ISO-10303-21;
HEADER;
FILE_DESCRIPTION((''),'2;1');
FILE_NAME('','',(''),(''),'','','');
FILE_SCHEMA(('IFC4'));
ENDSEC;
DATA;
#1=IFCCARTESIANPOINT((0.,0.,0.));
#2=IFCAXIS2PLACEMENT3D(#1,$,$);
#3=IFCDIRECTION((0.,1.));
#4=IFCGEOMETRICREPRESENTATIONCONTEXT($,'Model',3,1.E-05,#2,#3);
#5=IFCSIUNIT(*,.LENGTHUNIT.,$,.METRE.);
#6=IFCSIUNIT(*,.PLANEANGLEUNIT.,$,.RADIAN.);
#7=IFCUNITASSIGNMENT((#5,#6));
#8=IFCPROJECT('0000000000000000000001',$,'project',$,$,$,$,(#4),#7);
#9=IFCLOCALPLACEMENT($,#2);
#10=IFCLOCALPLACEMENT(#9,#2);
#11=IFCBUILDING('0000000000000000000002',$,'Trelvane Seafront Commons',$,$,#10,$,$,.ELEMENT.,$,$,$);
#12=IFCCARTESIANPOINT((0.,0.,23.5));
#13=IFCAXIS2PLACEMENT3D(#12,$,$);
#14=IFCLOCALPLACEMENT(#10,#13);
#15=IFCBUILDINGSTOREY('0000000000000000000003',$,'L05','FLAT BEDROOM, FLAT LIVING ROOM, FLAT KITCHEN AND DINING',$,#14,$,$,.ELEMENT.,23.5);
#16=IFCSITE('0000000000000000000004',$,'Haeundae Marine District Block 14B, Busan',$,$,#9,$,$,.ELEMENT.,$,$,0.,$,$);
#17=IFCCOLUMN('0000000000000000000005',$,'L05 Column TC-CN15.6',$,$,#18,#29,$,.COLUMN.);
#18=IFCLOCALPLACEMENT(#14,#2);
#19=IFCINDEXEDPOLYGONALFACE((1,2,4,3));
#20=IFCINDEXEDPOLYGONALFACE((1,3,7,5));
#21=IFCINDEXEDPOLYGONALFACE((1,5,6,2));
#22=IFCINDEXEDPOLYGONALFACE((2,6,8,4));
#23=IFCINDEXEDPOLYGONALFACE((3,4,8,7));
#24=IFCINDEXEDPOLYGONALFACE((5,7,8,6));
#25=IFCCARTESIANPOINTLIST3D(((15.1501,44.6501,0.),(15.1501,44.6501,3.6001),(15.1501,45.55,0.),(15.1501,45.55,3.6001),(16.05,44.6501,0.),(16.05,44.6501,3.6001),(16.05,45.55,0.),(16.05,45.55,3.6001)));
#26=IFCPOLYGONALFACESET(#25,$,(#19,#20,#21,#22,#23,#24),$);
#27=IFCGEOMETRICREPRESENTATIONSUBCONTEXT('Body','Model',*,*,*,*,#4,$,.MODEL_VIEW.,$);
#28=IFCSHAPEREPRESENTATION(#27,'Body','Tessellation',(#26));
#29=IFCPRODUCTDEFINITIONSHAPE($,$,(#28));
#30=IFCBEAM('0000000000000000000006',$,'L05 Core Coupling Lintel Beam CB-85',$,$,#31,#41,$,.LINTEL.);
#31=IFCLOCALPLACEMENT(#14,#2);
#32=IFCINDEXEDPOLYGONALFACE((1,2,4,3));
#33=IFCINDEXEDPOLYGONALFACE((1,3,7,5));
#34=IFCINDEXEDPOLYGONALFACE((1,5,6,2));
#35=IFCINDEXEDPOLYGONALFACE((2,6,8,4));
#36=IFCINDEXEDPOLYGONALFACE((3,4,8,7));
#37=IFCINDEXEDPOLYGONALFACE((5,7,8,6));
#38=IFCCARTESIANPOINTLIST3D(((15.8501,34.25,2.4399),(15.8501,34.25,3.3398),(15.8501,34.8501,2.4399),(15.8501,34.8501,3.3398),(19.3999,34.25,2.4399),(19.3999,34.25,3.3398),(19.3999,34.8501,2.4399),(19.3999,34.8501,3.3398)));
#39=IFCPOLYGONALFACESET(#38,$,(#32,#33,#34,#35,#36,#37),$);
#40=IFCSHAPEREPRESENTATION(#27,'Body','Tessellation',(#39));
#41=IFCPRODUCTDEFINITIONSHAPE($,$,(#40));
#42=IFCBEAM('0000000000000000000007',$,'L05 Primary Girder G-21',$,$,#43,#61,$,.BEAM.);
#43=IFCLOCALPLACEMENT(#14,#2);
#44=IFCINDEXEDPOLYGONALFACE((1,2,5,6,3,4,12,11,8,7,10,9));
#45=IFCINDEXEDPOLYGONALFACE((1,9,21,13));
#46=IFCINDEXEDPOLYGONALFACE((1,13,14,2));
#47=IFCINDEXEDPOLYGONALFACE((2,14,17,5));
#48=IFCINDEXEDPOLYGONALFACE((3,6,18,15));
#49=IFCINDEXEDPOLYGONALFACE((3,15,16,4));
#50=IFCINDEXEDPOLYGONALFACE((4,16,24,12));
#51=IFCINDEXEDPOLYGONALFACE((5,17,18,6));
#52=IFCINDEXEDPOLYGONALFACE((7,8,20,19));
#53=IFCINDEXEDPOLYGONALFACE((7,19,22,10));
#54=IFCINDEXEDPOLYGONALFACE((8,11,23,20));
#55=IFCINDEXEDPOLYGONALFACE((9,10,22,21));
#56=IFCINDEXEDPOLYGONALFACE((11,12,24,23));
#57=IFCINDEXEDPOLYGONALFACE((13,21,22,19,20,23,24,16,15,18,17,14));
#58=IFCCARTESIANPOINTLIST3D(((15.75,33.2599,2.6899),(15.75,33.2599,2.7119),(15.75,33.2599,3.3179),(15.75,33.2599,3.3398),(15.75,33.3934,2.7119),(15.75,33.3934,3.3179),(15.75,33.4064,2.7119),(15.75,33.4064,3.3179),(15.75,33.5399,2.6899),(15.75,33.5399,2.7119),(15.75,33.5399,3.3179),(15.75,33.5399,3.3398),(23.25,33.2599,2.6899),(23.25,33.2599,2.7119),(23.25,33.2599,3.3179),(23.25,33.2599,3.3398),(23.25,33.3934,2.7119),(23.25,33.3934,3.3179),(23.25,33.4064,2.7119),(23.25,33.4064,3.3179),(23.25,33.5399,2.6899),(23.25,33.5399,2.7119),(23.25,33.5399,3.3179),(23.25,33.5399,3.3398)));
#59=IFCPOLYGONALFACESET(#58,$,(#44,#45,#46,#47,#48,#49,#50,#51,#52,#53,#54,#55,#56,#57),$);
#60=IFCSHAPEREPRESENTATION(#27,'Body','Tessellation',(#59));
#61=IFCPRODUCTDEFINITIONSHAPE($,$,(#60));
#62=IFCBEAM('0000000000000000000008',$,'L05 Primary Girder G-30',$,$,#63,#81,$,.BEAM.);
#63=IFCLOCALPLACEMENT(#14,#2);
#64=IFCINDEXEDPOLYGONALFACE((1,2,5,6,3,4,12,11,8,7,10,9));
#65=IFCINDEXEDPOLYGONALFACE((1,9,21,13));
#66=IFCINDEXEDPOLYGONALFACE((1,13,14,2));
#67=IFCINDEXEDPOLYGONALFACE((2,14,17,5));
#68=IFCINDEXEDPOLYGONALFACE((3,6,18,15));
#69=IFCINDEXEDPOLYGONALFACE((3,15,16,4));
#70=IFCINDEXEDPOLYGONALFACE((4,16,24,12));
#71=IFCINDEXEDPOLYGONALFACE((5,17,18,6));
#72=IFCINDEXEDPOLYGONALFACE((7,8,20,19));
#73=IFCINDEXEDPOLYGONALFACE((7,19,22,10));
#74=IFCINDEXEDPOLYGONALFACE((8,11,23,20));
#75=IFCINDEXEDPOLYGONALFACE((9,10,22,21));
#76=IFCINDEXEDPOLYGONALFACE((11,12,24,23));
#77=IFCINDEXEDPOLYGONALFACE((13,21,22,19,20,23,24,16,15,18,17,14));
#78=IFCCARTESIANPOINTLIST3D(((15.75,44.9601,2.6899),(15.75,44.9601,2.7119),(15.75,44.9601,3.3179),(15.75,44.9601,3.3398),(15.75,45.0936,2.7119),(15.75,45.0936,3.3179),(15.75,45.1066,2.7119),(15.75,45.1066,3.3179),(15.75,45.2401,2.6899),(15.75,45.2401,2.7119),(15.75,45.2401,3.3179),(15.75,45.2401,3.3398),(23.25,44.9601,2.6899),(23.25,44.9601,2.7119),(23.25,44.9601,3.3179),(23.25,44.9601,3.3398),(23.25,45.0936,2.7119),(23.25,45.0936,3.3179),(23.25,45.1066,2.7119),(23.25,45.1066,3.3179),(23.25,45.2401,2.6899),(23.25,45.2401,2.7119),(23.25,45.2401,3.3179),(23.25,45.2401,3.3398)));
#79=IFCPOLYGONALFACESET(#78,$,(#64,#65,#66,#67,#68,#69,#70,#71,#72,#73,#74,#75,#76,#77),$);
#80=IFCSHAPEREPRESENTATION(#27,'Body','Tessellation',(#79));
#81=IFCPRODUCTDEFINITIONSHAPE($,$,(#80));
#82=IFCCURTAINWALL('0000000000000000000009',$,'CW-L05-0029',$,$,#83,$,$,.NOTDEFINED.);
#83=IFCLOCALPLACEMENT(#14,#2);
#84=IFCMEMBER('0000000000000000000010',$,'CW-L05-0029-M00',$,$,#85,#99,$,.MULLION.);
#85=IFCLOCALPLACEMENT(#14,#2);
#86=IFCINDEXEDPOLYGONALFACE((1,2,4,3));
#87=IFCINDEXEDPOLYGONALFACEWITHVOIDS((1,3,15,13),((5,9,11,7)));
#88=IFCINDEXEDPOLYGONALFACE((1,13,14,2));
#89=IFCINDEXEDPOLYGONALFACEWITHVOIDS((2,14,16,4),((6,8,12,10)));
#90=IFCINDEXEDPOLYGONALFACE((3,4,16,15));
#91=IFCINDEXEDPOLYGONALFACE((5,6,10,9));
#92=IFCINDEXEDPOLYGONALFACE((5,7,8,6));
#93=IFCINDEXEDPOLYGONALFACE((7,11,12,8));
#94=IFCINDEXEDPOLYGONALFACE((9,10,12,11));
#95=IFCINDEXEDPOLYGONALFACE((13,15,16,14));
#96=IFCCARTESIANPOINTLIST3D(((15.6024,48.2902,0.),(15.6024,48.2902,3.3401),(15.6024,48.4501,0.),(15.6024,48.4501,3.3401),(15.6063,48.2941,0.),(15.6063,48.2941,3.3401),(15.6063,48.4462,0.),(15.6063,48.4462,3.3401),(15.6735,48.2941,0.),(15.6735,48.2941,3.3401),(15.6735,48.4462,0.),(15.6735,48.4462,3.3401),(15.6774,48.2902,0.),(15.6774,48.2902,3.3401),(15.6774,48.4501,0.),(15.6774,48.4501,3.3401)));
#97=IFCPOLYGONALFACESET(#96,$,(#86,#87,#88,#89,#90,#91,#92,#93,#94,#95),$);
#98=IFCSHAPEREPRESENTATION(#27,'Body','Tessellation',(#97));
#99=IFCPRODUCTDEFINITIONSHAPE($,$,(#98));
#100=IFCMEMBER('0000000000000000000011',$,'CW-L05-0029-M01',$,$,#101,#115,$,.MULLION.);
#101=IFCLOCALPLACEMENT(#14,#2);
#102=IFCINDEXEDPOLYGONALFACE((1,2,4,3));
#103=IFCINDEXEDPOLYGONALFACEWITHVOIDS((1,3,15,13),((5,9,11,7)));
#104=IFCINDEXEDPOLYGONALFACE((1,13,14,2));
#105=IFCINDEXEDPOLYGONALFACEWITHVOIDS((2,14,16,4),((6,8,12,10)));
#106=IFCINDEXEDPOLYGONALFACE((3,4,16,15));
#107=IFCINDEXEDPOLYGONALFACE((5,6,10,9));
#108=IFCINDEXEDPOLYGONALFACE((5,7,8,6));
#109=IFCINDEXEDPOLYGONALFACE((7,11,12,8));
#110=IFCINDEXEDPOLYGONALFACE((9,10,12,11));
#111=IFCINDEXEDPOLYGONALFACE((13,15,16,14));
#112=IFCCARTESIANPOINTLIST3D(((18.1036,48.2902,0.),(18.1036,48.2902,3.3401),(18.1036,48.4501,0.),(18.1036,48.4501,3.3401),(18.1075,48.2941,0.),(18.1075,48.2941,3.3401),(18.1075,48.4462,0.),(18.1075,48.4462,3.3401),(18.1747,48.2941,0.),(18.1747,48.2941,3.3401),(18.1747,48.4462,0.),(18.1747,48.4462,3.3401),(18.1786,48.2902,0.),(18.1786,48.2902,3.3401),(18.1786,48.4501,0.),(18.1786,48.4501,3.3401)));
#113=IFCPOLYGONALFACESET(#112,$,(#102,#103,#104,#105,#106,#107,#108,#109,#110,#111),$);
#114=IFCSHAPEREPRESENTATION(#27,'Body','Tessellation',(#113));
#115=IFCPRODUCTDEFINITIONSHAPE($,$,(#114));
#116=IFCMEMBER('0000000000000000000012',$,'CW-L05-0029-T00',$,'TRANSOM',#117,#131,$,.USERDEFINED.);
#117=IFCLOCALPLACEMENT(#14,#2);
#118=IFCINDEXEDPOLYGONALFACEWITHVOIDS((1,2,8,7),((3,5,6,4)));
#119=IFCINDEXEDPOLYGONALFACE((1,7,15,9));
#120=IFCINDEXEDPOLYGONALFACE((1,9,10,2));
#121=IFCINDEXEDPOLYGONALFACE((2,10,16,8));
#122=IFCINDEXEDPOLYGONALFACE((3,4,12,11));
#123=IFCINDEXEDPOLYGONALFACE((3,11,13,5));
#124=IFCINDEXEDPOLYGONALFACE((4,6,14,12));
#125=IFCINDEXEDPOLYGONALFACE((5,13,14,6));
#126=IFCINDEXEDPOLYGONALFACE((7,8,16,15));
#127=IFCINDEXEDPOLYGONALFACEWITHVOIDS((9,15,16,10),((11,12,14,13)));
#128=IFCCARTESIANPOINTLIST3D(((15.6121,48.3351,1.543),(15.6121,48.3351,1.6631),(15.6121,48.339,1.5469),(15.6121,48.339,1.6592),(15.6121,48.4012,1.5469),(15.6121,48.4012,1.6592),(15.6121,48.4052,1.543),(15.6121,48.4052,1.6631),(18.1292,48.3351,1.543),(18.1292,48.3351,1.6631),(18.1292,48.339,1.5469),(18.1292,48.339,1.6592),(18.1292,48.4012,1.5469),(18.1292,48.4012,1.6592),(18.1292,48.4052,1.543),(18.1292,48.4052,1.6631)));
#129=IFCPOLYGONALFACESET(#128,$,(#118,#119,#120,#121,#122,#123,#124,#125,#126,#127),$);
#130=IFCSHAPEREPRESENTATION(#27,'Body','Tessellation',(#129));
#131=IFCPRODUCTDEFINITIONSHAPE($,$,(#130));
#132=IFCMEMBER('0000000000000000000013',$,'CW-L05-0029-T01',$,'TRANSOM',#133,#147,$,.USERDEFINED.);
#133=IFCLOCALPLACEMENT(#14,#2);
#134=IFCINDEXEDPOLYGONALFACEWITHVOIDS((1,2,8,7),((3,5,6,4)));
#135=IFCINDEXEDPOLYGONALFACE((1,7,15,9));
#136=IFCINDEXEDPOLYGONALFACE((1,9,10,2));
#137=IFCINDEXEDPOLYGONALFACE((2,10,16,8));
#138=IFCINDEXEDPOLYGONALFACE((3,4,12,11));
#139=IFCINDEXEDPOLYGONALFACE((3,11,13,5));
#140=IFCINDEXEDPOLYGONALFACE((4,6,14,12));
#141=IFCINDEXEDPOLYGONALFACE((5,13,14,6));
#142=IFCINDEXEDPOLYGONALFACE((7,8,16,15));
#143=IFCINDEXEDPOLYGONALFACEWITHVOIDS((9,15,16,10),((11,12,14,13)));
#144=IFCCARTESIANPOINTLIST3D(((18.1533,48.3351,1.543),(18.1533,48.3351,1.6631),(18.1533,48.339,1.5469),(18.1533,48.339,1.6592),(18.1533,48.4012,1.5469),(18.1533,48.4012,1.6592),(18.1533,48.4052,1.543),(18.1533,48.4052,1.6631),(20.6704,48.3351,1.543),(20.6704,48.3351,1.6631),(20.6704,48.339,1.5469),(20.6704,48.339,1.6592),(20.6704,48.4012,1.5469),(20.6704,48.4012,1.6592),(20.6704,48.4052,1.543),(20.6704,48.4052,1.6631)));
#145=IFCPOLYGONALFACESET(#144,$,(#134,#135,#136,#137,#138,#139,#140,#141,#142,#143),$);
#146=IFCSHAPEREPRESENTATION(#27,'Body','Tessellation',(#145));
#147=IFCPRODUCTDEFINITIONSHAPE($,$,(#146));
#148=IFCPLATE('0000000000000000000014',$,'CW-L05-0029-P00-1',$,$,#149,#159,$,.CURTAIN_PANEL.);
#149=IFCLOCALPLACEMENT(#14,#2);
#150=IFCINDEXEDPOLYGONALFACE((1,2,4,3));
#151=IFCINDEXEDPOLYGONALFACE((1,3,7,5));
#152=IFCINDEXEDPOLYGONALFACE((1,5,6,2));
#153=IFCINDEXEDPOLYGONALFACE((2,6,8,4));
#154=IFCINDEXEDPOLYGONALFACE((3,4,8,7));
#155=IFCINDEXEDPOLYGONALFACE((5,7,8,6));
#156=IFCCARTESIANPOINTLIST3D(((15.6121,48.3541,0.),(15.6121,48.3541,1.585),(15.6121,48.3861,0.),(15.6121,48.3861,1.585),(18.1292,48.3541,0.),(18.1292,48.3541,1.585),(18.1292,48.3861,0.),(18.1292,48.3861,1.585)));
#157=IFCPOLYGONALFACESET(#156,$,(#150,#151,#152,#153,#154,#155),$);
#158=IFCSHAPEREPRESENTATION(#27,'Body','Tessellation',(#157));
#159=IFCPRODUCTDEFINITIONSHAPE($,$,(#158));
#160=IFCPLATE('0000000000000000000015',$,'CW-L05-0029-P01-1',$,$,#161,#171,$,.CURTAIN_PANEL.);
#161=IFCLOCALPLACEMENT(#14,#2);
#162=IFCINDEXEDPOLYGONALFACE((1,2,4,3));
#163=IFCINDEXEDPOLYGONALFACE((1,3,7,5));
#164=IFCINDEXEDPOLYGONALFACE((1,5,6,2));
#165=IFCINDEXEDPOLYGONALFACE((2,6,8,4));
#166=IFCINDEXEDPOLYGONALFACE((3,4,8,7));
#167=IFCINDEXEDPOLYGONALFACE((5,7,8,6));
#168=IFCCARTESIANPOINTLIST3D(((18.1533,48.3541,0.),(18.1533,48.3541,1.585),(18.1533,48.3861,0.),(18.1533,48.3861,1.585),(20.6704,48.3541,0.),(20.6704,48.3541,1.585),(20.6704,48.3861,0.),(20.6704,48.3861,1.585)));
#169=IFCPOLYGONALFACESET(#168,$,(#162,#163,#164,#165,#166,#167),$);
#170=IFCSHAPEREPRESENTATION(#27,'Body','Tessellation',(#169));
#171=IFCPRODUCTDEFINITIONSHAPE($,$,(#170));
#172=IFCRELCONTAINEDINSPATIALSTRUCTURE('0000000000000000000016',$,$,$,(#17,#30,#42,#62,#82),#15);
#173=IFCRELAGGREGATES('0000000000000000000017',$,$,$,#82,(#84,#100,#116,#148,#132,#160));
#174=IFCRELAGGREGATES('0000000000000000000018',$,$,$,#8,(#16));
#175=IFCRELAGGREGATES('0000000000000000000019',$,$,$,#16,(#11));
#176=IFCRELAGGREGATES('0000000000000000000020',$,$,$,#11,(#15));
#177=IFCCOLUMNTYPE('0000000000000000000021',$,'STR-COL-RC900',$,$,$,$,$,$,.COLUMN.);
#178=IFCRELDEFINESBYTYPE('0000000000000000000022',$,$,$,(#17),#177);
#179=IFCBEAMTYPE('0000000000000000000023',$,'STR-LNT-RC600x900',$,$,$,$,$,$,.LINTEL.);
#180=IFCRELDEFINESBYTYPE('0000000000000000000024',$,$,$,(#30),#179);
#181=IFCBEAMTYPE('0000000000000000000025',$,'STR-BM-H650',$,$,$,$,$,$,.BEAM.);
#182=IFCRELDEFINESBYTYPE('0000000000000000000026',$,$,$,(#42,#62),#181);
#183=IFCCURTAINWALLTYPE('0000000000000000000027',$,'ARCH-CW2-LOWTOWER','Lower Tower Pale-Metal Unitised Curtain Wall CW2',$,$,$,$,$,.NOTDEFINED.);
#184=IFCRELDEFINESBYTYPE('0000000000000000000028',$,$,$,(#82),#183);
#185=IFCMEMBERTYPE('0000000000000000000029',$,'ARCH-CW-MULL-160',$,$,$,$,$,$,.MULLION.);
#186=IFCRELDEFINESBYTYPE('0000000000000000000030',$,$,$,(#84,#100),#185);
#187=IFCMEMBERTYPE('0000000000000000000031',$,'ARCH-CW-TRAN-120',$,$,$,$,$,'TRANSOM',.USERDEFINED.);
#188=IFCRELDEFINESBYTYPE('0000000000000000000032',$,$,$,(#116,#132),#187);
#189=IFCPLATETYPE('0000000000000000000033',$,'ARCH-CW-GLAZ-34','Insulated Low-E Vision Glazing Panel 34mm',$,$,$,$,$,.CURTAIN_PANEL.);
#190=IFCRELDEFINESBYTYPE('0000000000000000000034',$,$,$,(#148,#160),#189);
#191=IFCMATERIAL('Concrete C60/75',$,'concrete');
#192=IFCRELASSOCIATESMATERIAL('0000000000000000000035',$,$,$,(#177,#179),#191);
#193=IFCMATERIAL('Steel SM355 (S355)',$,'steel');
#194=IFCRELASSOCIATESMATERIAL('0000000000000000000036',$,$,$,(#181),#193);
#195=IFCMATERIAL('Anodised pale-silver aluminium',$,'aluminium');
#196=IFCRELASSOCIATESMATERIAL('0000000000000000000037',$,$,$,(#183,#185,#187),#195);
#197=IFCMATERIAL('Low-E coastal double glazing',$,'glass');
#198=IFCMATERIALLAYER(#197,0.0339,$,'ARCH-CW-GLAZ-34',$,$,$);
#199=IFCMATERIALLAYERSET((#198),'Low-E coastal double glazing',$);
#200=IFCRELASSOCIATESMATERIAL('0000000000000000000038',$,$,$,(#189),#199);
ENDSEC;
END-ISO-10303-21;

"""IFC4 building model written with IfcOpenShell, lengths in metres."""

from ifc_helpers import new_model, si_unit, direction, frame, origin, origin_2d, place, context, subcontext, project, spatial, rectangle, hollow_rectangle, i_section, extrude, source, transform, mapped, material, layer, layer_set, material_profile, profile_set, type_object, element, aggregate, save


model = new_model("IFC4")

# Units and contexts
model_context = context("Model", 3, precision=1e-05, world=origin(), true_north=direction((0.0, 1.0)))
body_context = subcontext(model_context, "Body", "Model", "MODEL_VIEW")
ifc_project = project(units=[si_unit("LENGTHUNIT", "METRE"), si_unit("PLANEANGLEUNIT", "RADIAN")], contexts=[model_context])

# Site, building, storey
site_placement = place(None, origin())
site = spatial("IfcSite", under=ifc_project, at=site_placement, Name="Haeundae Marine District Block 14B, Busan", CompositionType="ELEMENT", RefElevation=0.0)
building_placement = place(site_placement, origin())
building = spatial("IfcBuilding", under=site, at=building_placement, Name="Trelvane Seafront Commons", CompositionType="ELEMENT")
storey_placement = place(building_placement, frame((0.0, 0.0, 23.5)))
storey = spatial("IfcBuildingStorey", under=building, at=storey_placement, Name="L05", Description="FLAT BEDROOM, FLAT LIVING ROOM, FLAT KITCHEN AND DINING", CompositionType="ELEMENT", Elevation=23.5)

# Column
ifc_material_1 = material(Name="Concrete C60/75", Category="concrete")
ifc_material_profile_1 = material_profile(ifc_material_1, rectangle(XDim=0.8999, YDim=0.8999, at=origin_2d()), Name="RC-900x900")
ifc_profile_set_1 = profile_set([ifc_material_profile_1], Name="Concrete C60/75")
column_type = type_object("IfcColumnType", Name="STR-COL-RC900", PredefinedType="COLUMN", material=ifc_profile_set_1)
shared_shape_1 = source(origin(), body_context, "Body", "SweptSolid", [
    extrude(rectangle(XDim=0.8999, YDim=0.8999, at=origin_2d()), origin(), (0.0, 0.0, 1.0), 3.6001),
])
column_placement = place(storey_placement, frame((15.6001, 45.1001, 0.0), z_axis=(0.0, 0.0, 1.0), x_axis=(1.0, 0.0, 0.0)))
element("IfcColumn", 1, at=column_placement, inside=storey, type_object=column_type, Name="L05 Column TC-CN15.6", PredefinedType="COLUMN", context=body_context, shape_type="MappedRepresentation", body=[
    mapped(shared_shape_1, transform((0.0, 0.0, 0.0), x_axis=(1.0, 0.0, 0.0), y_axis=(0.0, 1.0, 0.0), z_axis=(0.0, 0.0, 1.0), scale=1.0)),
])

# Beams
ifc_material_profile_2 = material_profile(ifc_material_1, rectangle(XDim=0.6001, YDim=0.8999, at=origin_2d()), Name="RC-600x900")
ifc_profile_set_2 = profile_set([ifc_material_profile_2], Name="Concrete C60/75")
beam_type_1 = type_object("IfcBeamType", Name="STR-LNT-RC600x900", PredefinedType="LINTEL", material=ifc_profile_set_2)
shared_shape_2 = source(origin(), body_context, "Body", "SweptSolid", [
    extrude(rectangle(XDim=0.6001, YDim=0.8999, at=origin_2d()), origin(), (0.0, 0.0, 1.0), 3.5498),
])
beam_placement = place(storey_placement, frame((15.8501, 34.55, 2.8899), z_axis=(1.0, 0.0, 0.0), x_axis=(0.0, 1.0, 0.0)))
element("IfcBeam", 2, at=beam_placement, inside=storey, type_object=beam_type_1, Name="L05 Core Coupling Lintel Beam CB-85", PredefinedType="LINTEL", context=body_context, shape_type="MappedRepresentation", body=[
    mapped(shared_shape_2, transform((0.0, 0.0, 0.0), x_axis=(1.0, 0.0, 0.0), y_axis=(0.0, 1.0, 0.0), z_axis=(0.0, 0.0, 1.0), scale=1.0)),
])
ifc_material_2 = material(Name="Steel SM355 (S355)", Category="steel")
ifc_material_profile_3 = material_profile(ifc_material_2, i_section(OverallWidth=0.28, OverallDepth=0.6499, WebThickness=0.0129, FlangeThickness=0.022, at=origin_2d()), Name="H-650x280x13x22")
ifc_profile_set_3 = profile_set([ifc_material_profile_3], Name="Steel SM355 (S355)")
beam_type_2 = type_object("IfcBeamType", Name="STR-BM-H650", PredefinedType="BEAM", material=ifc_profile_set_3)
shared_shape_3 = source(origin(), body_context, "Body", "SweptSolid", [
    extrude(i_section(OverallWidth=0.28, OverallDepth=0.6499, WebThickness=0.0129, FlangeThickness=0.022, at=origin_2d()), origin(), (0.0, 0.0, 1.0), 7.5),
])
for number, where, z_axis, x_axis, name in (
    (3, (15.75, 33.3999, 3.0149), (1.0, 0.0, 0.0), (0.0, 1.0, 0.0), "L05 Primary Girder G-21"),
    (4, (15.75, 45.1001, 3.0149), (1.0, 0.0, 0.0), (0.0, 1.0, 0.0), "L05 Primary Girder G-30"),
):
    element("IfcBeam", number, at=place(storey_placement, frame(where, z_axis=z_axis, x_axis=x_axis)), inside=storey, type_object=beam_type_2, Name=name, PredefinedType="BEAM", context=body_context, shape_type="MappedRepresentation", body=[
        mapped(shared_shape_3, transform((0.0, 0.0, 0.0), x_axis=(1.0, 0.0, 0.0), y_axis=(0.0, 1.0, 0.0), z_axis=(0.0, 0.0, 1.0), scale=1.0)),
    ])

# Curtain wall, members, plates
ifc_material_3 = material(Name="Anodised pale-silver aluminium", Category="aluminium")
curtain_wall_type = type_object("IfcCurtainWallType", Name="ARCH-CW2-LOWTOWER", Description="Lower Tower Pale-Metal Unitised Curtain Wall CW2", PredefinedType="NOTDEFINED", material=ifc_material_3)
curtain_wall_placement = place(storey_placement, origin())
curtain_wall = element("IfcCurtainWall", 5, at=curtain_wall_placement, inside=storey, type_object=curtain_wall_type, Name="CW-L05-0029", PredefinedType="NOTDEFINED")
ifc_material_profile_4 = material_profile(ifc_material_3, hollow_rectangle(XDim=0.075, YDim=0.1599, WallThickness=0.0039, at=origin_2d()), Name="MULL-75x160x4")
ifc_profile_set_4 = profile_set([ifc_material_profile_4], Name="Anodised pale-silver aluminium")
member_type_1 = type_object("IfcMemberType", Name="ARCH-CW-MULL-160", PredefinedType="MULLION", material=ifc_profile_set_4)
shared_shape_4 = source(origin(), body_context, "Body", "SweptSolid", [
    extrude(hollow_rectangle(XDim=0.075, YDim=0.1599, WallThickness=0.0039, at=origin_2d()), origin(), (0.0, 0.0, 1.0), 3.3401),
])
member_1_placement = place(storey_placement, frame((15.6399, 48.3701, 0.0), z_axis=(0.0, 0.0, 1.0), x_axis=(1.0, 0.0, 0.0)))
member_1 = element("IfcMember", 6, at=member_1_placement, type_object=member_type_1, Name="CW-L05-0029-M00", PredefinedType="MULLION", context=body_context, shape_type="MappedRepresentation", body=[
    mapped(shared_shape_4, transform((0.0, 0.0, 0.0), x_axis=(1.0, 0.0, 0.0), y_axis=(0.0, 1.0, 0.0), z_axis=(0.0, 0.0, 1.0), scale=1.0)),
])
member_2_placement = place(storey_placement, frame((18.1411, 48.3701, 0.0), z_axis=(0.0, 0.0, 1.0), x_axis=(1.0, 0.0, 0.0)))
member_2 = element("IfcMember", 7, at=member_2_placement, type_object=member_type_1, Name="CW-L05-0029-M01", PredefinedType="MULLION", context=body_context, shape_type="MappedRepresentation", body=[
    mapped(shared_shape_4, transform((0.0, 0.0, 0.0), x_axis=(1.0, 0.0, 0.0), y_axis=(0.0, 1.0, 0.0), z_axis=(0.0, 0.0, 1.0), scale=1.0)),
])
ifc_material_profile_5 = material_profile(ifc_material_3, hollow_rectangle(XDim=0.0701, YDim=0.1201, WallThickness=0.0039, at=origin_2d()), Name="TRAN-70x120x4")
ifc_profile_set_5 = profile_set([ifc_material_profile_5], Name="Anodised pale-silver aluminium")
member_type_2 = type_object("IfcMemberType", Name="ARCH-CW-TRAN-120", ElementType="TRANSOM", PredefinedType="USERDEFINED", material=ifc_profile_set_5)
shared_shape_5 = source(origin(), body_context, "Body", "SweptSolid", [
    extrude(hollow_rectangle(XDim=0.0701, YDim=0.1201, WallThickness=0.0039, at=origin_2d()), origin(), (0.0, 0.0, 1.0), 2.5171),
])
member_3_placement = place(storey_placement, frame((15.6121, 48.3701, 1.603), z_axis=(1.0, 0.0, 0.0), x_axis=(0.0, 1.0, 0.0)))
member_3 = element("IfcMember", 8, at=member_3_placement, type_object=member_type_2, Name="CW-L05-0029-T00", ObjectType="TRANSOM", PredefinedType="USERDEFINED", context=body_context, shape_type="MappedRepresentation", body=[
    mapped(shared_shape_5, transform((0.0, 0.0, 0.0), x_axis=(1.0, 0.0, 0.0), y_axis=(0.0, 1.0, 0.0), z_axis=(0.0, 0.0, 1.0), scale=1.0)),
])
member_4_placement = place(storey_placement, frame((18.1533, 48.3701, 1.603), z_axis=(1.0, 0.0, 0.0), x_axis=(0.0, 1.0, 0.0)))
member_4 = element("IfcMember", 9, at=member_4_placement, type_object=member_type_2, Name="CW-L05-0029-T01", ObjectType="TRANSOM", PredefinedType="USERDEFINED", context=body_context, shape_type="MappedRepresentation", body=[
    mapped(shared_shape_5, transform((0.0, 0.0, 0.0), x_axis=(1.0, 0.0, 0.0), y_axis=(0.0, 1.0, 0.0), z_axis=(0.0, 0.0, 1.0), scale=1.0)),
])
ifc_material_4 = material(Name="Low-E coastal double glazing", Category="glass")
ifc_layer_1 = layer(ifc_material_4, 0.0339, Name="ARCH-CW-GLAZ-34")
ifc_layer_set_1 = layer_set([ifc_layer_1], Name="Low-E coastal double glazing")
plate_type_1 = type_object("IfcPlateType", Name="ARCH-CW-GLAZ-34", Description="Insulated Low-E Vision Glazing Panel 34mm", PredefinedType="CURTAIN_PANEL", material=ifc_layer_set_1)
shared_shape_6 = source(origin(), body_context, "Body", "SweptSolid", [
    extrude(rectangle(XDim=2.5171, YDim=0.032, at=origin_2d()), origin(), (0.0, 0.0, 1.0), 1.585),
])
plate_1_placement = place(storey_placement, frame((16.8706, 48.3701, 0.0), z_axis=(0.0, 0.0, 1.0), x_axis=(1.0, 0.0, 0.0)))
plate_1 = element("IfcPlate", 10, at=plate_1_placement, type_object=plate_type_1, Name="CW-L05-0029-P00-1", PredefinedType="CURTAIN_PANEL", context=body_context, shape_type="MappedRepresentation", body=[
    mapped(shared_shape_6, transform((0.0, 0.0, 0.0), x_axis=(1.0, 0.0, 0.0), y_axis=(0.0, 1.0, 0.0), z_axis=(0.0, 0.0, 1.0), scale=1.0)),
])
plate_2_placement = place(storey_placement, frame((19.4119, 48.3701, 0.0), z_axis=(0.0, 0.0, 1.0), x_axis=(1.0, 0.0, 0.0)))
plate_2 = element("IfcPlate", 11, at=plate_2_placement, type_object=plate_type_1, Name="CW-L05-0029-P01-1", PredefinedType="CURTAIN_PANEL", context=body_context, shape_type="MappedRepresentation", body=[
    mapped(shared_shape_6, transform((0.0, 0.0, 0.0), x_axis=(1.0, 0.0, 0.0), y_axis=(0.0, 1.0, 0.0), z_axis=(0.0, 0.0, 1.0), scale=1.0)),
])
aggregate(curtain_wall, [member_1, member_2, member_3, plate_1, member_4, plate_2])

save(model, "model.ifc")
